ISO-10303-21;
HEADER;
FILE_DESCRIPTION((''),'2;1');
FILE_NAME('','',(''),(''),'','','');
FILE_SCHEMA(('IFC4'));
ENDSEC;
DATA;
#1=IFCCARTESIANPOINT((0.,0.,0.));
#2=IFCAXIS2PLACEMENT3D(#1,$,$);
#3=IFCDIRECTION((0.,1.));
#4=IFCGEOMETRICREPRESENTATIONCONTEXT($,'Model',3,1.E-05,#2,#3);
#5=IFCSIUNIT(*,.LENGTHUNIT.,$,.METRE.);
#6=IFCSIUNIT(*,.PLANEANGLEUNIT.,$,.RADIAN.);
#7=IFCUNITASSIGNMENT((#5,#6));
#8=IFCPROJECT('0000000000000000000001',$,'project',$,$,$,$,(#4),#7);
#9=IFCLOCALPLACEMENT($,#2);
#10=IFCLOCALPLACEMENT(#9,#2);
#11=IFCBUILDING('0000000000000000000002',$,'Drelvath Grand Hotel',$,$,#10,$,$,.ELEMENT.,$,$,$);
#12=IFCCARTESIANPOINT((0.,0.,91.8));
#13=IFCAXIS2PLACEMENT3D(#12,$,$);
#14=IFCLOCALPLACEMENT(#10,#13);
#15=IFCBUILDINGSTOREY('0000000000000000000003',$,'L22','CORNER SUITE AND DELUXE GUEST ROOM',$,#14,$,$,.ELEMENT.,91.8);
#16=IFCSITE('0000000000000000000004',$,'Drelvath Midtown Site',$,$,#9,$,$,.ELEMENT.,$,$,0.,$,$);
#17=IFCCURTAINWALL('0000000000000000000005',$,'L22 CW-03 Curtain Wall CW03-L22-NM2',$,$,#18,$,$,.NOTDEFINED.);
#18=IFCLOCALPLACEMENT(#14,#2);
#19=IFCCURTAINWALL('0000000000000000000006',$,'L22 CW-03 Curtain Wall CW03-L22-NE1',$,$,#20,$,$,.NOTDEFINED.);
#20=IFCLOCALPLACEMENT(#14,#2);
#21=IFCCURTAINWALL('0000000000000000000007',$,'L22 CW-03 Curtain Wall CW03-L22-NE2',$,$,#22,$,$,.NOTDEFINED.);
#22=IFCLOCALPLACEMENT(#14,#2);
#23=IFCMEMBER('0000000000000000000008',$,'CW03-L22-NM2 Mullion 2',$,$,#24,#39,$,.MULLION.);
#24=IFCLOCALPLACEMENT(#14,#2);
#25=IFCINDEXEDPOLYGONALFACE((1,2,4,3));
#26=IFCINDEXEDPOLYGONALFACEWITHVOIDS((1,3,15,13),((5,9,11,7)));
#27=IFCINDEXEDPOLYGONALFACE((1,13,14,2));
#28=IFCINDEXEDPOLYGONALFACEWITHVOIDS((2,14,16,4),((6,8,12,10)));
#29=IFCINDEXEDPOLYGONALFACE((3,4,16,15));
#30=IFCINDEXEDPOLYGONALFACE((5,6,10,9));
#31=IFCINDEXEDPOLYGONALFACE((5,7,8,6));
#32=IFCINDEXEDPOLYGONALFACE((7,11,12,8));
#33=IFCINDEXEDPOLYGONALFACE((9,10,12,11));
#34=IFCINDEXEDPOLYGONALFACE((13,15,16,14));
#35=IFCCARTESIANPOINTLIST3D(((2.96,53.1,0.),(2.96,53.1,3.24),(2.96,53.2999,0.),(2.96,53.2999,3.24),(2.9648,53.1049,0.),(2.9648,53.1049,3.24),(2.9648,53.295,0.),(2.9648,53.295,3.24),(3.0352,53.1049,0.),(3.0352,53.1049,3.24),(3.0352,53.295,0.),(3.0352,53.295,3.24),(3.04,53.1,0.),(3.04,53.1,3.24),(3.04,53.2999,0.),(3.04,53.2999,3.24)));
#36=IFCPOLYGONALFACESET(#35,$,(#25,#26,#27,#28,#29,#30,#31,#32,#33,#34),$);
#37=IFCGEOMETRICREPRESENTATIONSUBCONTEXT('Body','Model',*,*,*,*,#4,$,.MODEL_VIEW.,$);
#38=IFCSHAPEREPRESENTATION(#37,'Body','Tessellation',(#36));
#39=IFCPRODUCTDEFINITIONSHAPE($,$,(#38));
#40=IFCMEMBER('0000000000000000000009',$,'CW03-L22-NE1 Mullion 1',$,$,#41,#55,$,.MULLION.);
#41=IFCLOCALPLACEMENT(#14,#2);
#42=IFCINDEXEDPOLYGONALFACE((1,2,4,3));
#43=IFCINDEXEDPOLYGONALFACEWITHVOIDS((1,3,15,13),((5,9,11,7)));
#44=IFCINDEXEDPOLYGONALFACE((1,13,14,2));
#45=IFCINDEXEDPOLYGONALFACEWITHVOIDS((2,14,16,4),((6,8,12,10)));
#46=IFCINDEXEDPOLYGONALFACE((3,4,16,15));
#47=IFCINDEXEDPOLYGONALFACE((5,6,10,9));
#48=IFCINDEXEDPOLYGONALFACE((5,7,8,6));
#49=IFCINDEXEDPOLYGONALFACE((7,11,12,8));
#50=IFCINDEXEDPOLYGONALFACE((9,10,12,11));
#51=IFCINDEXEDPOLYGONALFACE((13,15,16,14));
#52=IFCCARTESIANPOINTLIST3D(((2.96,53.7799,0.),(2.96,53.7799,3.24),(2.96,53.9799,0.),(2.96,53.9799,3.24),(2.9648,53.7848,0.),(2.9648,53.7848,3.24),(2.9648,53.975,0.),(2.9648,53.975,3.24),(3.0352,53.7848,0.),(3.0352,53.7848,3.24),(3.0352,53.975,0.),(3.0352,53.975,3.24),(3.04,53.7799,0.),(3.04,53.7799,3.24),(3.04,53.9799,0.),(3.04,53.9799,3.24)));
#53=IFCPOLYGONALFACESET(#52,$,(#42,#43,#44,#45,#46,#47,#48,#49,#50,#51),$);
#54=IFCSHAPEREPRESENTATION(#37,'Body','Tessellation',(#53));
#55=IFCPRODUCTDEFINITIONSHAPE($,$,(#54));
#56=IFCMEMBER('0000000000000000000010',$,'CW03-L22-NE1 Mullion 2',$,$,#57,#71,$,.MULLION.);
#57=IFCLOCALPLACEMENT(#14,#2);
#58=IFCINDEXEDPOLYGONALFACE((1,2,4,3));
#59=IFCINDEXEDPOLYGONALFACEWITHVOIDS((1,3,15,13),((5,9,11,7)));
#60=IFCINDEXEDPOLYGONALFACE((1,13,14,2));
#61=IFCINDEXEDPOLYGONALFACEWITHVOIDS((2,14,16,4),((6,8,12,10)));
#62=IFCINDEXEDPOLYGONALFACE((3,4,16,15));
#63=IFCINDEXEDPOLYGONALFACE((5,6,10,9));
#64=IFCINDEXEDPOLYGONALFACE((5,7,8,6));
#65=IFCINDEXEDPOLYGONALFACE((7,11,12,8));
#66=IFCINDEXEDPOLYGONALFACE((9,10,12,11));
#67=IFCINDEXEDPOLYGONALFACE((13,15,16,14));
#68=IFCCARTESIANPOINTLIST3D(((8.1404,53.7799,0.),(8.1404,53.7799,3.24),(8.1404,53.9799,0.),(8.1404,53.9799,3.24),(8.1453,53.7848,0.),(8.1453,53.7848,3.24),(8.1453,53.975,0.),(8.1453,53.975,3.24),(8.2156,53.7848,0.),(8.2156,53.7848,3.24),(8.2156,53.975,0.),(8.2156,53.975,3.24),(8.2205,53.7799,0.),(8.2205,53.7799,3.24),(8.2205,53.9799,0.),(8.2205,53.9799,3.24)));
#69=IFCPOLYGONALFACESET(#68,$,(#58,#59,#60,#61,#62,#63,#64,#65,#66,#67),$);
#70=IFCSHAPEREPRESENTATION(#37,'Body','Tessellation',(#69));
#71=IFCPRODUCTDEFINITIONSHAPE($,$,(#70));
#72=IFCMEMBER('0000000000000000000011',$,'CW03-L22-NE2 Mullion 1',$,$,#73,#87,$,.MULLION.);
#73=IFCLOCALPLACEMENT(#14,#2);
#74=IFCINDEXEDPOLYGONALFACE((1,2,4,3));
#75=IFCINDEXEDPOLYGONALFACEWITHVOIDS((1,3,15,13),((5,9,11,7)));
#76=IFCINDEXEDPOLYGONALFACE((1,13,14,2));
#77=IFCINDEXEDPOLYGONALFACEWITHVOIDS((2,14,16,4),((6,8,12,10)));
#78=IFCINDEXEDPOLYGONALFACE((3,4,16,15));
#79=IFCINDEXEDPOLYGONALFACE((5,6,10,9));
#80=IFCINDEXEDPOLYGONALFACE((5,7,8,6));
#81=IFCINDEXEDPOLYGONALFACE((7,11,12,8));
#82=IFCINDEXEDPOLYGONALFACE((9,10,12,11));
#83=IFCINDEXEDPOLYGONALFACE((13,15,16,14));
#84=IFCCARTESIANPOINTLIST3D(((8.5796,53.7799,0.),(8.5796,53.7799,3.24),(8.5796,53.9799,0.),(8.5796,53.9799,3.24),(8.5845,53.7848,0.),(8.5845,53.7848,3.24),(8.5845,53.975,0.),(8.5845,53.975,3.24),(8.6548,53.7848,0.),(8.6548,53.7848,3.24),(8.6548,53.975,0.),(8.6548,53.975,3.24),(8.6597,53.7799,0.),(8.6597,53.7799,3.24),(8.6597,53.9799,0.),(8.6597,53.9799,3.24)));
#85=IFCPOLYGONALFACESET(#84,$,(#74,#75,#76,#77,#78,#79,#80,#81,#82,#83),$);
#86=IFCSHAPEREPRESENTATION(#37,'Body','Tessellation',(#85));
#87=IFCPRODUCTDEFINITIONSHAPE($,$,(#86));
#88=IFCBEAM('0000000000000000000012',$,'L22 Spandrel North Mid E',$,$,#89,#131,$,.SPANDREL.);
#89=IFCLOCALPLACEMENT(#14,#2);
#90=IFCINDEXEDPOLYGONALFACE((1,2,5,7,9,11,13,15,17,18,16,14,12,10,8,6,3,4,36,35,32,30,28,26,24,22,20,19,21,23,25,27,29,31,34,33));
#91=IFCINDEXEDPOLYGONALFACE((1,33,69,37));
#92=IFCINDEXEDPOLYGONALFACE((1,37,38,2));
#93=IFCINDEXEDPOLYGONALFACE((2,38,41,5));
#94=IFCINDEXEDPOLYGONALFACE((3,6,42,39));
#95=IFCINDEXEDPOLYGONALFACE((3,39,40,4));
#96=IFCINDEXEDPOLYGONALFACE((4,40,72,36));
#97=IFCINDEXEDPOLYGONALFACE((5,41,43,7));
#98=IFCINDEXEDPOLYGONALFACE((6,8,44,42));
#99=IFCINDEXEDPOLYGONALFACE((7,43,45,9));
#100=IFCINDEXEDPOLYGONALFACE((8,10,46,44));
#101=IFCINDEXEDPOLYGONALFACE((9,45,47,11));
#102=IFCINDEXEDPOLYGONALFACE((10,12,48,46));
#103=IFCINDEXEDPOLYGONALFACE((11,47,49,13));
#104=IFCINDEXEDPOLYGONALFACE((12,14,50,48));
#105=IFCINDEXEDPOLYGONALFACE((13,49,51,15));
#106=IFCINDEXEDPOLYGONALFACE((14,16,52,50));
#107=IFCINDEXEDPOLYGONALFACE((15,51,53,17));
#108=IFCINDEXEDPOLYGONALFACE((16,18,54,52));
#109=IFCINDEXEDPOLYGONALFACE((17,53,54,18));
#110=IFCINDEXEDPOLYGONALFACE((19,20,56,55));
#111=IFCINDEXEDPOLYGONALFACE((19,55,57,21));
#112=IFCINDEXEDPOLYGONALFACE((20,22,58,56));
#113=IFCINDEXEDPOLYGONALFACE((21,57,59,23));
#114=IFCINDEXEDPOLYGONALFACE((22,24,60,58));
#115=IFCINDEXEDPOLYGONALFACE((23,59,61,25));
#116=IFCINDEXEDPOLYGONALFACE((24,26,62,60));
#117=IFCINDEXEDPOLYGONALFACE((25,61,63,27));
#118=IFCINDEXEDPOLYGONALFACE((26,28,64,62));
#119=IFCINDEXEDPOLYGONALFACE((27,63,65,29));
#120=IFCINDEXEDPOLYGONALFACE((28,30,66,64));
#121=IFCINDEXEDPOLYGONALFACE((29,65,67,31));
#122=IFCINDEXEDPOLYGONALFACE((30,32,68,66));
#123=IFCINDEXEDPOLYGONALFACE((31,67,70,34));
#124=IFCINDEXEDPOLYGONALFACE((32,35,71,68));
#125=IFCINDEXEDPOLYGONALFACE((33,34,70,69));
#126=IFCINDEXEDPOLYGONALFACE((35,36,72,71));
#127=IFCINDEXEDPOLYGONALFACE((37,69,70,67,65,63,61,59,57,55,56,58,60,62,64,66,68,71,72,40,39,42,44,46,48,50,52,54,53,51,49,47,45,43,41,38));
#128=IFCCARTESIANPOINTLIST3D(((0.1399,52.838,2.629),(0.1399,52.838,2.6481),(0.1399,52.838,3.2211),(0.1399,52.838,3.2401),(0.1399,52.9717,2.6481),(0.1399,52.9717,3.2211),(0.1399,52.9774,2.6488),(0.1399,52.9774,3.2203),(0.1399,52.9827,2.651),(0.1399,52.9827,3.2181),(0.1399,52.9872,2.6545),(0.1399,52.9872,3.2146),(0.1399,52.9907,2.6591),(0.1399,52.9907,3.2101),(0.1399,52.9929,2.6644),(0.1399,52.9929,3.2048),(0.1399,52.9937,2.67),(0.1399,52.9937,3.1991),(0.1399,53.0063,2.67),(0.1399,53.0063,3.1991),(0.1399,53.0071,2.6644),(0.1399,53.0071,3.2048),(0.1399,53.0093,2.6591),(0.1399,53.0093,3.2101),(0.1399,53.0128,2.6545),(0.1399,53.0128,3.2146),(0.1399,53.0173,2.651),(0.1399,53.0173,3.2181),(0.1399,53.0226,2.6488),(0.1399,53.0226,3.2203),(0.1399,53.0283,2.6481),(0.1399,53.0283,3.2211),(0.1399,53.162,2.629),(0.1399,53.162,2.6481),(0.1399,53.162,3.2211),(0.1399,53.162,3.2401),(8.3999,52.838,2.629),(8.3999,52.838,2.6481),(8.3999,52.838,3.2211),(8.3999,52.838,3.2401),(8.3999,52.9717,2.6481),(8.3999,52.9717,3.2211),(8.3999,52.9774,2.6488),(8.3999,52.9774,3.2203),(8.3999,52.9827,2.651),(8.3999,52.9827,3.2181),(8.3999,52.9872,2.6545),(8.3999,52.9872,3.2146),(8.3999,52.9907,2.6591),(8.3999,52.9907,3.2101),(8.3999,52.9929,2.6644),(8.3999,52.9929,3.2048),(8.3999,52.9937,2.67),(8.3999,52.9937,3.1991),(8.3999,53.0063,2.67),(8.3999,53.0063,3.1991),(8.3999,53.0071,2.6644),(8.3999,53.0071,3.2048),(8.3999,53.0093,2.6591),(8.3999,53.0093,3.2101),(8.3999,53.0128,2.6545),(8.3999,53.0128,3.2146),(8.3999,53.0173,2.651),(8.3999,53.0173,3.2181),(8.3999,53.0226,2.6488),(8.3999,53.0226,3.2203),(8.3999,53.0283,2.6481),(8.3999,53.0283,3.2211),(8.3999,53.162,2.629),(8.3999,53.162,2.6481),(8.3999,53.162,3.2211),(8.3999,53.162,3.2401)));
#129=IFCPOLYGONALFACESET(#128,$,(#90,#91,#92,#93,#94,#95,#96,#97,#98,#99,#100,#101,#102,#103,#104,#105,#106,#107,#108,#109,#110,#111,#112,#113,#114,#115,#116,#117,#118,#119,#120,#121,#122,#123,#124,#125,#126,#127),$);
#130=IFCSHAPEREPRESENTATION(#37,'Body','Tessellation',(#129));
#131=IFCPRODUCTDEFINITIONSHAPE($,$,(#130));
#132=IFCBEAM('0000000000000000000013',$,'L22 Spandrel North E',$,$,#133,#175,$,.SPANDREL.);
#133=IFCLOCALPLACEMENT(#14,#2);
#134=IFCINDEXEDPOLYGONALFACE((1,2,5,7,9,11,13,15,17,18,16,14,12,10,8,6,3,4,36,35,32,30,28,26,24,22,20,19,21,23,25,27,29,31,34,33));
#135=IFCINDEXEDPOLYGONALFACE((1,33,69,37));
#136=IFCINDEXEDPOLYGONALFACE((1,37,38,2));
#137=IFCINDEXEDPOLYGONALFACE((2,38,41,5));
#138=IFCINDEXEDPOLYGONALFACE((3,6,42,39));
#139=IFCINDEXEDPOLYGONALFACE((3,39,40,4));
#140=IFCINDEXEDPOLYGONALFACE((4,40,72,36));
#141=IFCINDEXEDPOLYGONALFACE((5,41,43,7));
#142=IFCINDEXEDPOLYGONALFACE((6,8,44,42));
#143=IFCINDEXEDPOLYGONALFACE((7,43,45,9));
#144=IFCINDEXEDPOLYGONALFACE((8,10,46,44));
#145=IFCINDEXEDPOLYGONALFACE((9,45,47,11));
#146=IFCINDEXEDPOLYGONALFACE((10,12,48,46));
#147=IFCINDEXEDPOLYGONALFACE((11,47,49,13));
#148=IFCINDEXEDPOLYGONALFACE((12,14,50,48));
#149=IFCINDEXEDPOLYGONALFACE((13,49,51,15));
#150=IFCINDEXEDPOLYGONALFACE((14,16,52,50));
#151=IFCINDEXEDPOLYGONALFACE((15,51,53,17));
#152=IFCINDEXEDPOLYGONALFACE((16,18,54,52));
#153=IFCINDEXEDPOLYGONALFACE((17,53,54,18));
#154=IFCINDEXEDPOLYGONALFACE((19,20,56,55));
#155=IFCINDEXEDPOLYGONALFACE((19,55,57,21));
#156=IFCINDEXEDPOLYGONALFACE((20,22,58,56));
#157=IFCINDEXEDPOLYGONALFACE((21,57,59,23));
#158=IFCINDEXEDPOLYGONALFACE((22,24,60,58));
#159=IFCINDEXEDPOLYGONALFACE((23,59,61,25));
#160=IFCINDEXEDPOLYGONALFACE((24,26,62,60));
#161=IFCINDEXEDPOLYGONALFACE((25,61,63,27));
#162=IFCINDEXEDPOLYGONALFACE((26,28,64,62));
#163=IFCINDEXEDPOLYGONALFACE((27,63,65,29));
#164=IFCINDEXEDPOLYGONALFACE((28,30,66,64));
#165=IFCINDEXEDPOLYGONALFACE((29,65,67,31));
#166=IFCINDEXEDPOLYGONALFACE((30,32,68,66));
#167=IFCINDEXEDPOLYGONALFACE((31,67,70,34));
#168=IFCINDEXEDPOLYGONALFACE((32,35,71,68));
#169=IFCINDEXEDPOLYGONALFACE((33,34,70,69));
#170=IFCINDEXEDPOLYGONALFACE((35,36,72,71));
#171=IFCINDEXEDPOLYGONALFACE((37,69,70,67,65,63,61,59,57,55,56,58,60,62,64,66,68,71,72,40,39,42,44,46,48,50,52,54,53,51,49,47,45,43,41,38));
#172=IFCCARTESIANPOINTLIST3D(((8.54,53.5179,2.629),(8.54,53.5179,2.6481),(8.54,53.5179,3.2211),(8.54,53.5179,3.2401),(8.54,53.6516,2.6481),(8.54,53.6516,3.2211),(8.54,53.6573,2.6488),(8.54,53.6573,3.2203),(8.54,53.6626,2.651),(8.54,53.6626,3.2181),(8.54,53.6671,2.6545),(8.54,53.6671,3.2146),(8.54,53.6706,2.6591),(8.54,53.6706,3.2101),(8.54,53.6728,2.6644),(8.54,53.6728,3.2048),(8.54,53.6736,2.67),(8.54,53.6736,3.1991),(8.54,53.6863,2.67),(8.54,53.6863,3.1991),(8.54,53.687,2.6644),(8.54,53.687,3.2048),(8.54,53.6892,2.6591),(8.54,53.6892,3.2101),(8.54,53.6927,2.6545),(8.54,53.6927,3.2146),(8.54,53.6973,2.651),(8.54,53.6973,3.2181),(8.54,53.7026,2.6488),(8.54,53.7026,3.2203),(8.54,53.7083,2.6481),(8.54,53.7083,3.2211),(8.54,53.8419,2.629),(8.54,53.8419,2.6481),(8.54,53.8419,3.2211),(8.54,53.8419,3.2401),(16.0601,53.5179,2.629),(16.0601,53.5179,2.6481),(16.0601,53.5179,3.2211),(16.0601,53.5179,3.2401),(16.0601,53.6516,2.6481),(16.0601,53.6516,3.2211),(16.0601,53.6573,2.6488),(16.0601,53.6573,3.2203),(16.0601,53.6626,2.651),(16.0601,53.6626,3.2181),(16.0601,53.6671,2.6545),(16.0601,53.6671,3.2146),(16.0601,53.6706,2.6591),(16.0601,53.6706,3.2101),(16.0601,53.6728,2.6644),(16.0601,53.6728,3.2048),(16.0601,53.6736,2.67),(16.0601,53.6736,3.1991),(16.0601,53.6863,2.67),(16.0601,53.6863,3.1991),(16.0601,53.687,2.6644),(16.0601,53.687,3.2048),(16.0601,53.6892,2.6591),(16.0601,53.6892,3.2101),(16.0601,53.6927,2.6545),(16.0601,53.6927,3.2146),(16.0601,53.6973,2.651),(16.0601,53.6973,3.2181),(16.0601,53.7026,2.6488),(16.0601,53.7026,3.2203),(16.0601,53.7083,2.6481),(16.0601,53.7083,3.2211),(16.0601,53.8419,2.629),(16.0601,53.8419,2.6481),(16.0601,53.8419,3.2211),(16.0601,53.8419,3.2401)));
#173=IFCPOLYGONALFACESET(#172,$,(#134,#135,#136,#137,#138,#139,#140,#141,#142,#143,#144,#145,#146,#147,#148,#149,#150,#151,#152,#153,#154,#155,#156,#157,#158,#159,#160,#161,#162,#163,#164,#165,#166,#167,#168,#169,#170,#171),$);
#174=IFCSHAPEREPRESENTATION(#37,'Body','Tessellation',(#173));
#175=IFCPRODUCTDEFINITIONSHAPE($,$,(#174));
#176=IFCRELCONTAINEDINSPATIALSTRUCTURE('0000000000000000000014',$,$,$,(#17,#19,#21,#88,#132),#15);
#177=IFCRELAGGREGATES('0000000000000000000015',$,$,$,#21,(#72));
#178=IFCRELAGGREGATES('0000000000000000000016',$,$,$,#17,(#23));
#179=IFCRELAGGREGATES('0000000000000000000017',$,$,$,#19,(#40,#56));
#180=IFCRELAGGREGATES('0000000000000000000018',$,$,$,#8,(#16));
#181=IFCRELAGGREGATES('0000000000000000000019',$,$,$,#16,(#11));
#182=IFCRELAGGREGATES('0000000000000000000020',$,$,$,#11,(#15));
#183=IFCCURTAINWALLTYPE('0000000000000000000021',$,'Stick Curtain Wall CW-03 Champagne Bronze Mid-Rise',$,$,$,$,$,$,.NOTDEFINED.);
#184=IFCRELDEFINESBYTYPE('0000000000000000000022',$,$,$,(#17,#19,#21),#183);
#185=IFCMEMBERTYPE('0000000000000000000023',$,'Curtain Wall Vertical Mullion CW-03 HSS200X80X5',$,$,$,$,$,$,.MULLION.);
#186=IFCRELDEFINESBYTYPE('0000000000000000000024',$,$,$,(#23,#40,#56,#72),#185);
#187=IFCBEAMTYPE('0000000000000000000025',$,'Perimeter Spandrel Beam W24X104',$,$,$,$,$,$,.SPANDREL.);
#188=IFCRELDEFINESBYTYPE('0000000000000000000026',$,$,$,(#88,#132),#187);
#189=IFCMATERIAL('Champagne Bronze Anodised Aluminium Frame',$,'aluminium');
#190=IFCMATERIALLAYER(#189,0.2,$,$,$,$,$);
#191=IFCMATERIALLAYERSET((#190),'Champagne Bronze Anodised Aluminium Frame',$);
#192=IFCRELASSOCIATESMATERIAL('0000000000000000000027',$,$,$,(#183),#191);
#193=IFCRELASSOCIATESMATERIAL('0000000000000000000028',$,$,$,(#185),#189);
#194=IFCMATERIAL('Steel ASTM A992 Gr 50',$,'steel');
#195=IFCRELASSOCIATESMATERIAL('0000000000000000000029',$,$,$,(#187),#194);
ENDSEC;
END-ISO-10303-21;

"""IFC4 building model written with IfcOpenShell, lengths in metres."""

from ifc_helpers import new_model, si_unit, direction, frame, origin, origin_2d, place, context, subcontext, project, spatial, hollow_rectangle, i_section, extrude, material, layer, layer_set, material_profile, profile_set, type_object, element, aggregate, save


model = new_model("IFC4")

# Units and contexts
model_context = context("Model", 3, precision=1e-05, world=origin(), true_north=direction((0.0, 1.0)))
body_context = subcontext(model_context, "Body", "Model", "MODEL_VIEW")
ifc_project = project(units=[si_unit("LENGTHUNIT", "METRE"), si_unit("PLANEANGLEUNIT", "RADIAN")], contexts=[model_context])

# Site, building, storey
site_placement = place(None, origin())
site = spatial("IfcSite", under=ifc_project, at=site_placement, Name="Drelvath Midtown Site", CompositionType="ELEMENT", RefElevation=0.0)
building_placement = place(site_placement, origin())
building = spatial("IfcBuilding", under=site, at=building_placement, Name="Drelvath Grand Hotel", CompositionType="ELEMENT")
storey_placement = place(building_placement, frame((0.0, 0.0, 91.8)))
storey = spatial("IfcBuildingStorey", under=building, at=storey_placement, Name="L22", Description="CORNER SUITE AND DELUXE GUEST ROOM", CompositionType="ELEMENT", Elevation=91.8)

# Curtain walls
ifc_material_1 = material(Name="Champagne Bronze Anodised Aluminium Frame", Category="aluminium")
ifc_layer_1 = layer(ifc_material_1, 0.2)
ifc_layer_set_1 = layer_set([ifc_layer_1], Name="Champagne Bronze Anodised Aluminium Frame")
curtain_wall_type = type_object("IfcCurtainWallType", Name="Stick Curtain Wall CW-03 Champagne Bronze Mid-Rise", PredefinedType="NOTDEFINED", material=ifc_layer_set_1)
curtain_wall_1_placement = place(storey_placement, origin())
curtain_wall_1 = element("IfcCurtainWall", 1, at=curtain_wall_1_placement, inside=storey, type_object=curtain_wall_type, Name="L22 CW-03 Curtain Wall CW03-L22-NM2", PredefinedType="NOTDEFINED")
curtain_wall_2_placement = place(storey_placement, origin())
curtain_wall_2 = element("IfcCurtainWall", 2, at=curtain_wall_2_placement, inside=storey, type_object=curtain_wall_type, Name="L22 CW-03 Curtain Wall CW03-L22-NE1", PredefinedType="NOTDEFINED")
curtain_wall_3_placement = place(storey_placement, origin())
curtain_wall_3 = element("IfcCurtainWall", 3, at=curtain_wall_3_placement, inside=storey, type_object=curtain_wall_type, Name="L22 CW-03 Curtain Wall CW03-L22-NE2", PredefinedType="NOTDEFINED")
ifc_material_profile_1 = material_profile(ifc_material_1, hollow_rectangle(XDim=0.0801, YDim=0.2, WallThickness=0.0049, at=origin_2d()), Name="HSS200X80X5")
ifc_profile_set_1 = profile_set([ifc_material_profile_1], Name="Champagne Bronze Anodised Aluminium Frame")
member_type_1 = type_object("IfcMemberType", Name="Curtain Wall Vertical Mullion CW-03 HSS200X80X5", PredefinedType="MULLION", material=ifc_profile_set_1)

# Members
member_1_placement = place(storey_placement, frame((3.0, 53.2, 0.0), z_axis=(0.0, 0.0, 1.0), x_axis=(1.0, 0.0, 0.0)))
member_1 = element("IfcMember", 4, at=member_1_placement, type_object=member_type_1, Name="CW03-L22-NM2 Mullion 2", PredefinedType="MULLION", context=body_context, shape_type="SweptSolid", body=[
    extrude(hollow_rectangle(XDim=0.0801, YDim=0.2, WallThickness=0.0049, at=origin_2d()), origin(), (0.0, 0.0, 1.0), 3.24),
])
member_2_placement = place(storey_placement, frame((3.0, 53.8799, 0.0), z_axis=(0.0, 0.0, 1.0), x_axis=(1.0, 0.0, 0.0)))
member_2 = element("IfcMember", 5, at=member_2_placement, type_object=member_type_1, Name="CW03-L22-NE1 Mullion 1", PredefinedType="MULLION", context=body_context, shape_type="SweptSolid", body=[
    extrude(hollow_rectangle(XDim=0.0801, YDim=0.2, WallThickness=0.0049, at=origin_2d()), origin(), (0.0, 0.0, 1.0), 3.24),
])
member_3_placement = place(storey_placement, frame((8.1804, 53.8799, 0.0), z_axis=(0.0, 0.0, 1.0), x_axis=(1.0, 0.0, 0.0)))
member_3 = element("IfcMember", 6, at=member_3_placement, type_object=member_type_1, Name="CW03-L22-NE1 Mullion 2", PredefinedType="MULLION", context=body_context, shape_type="SweptSolid", body=[
    extrude(hollow_rectangle(XDim=0.0801, YDim=0.2, WallThickness=0.0049, at=origin_2d()), origin(), (0.0, 0.0, 1.0), 3.24),
])
member_4_placement = place(storey_placement, frame((8.6196, 53.8799, 0.0), z_axis=(0.0, 0.0, 1.0), x_axis=(1.0, 0.0, 0.0)))
member_4 = element("IfcMember", 7, at=member_4_placement, type_object=member_type_1, Name="CW03-L22-NE2 Mullion 1", PredefinedType="MULLION", context=body_context, shape_type="SweptSolid", body=[
    extrude(hollow_rectangle(XDim=0.0801, YDim=0.2, WallThickness=0.0049, at=origin_2d()), origin(), (0.0, 0.0, 1.0), 3.24),
])
aggregate(curtain_wall_3, [member_4])

# Beams
ifc_material_2 = material(Name="Steel ASTM A992 Gr 50", Category="steel")
ifc_material_profile_2 = material_profile(ifc_material_2, i_section(OverallWidth=0.324, OverallDepth=0.6111, WebThickness=0.0127, FlangeThickness=0.019, FilletRadius=0.022, at=origin_2d()), Name="W24X104")
ifc_profile_set_2 = profile_set([ifc_material_profile_2], Name="Steel ASTM A992 Gr 50")
beam_type_1 = type_object("IfcBeamType", Name="Perimeter Spandrel Beam W24X104", PredefinedType="SPANDREL", material=ifc_profile_set_2)
beam_1_placement = place(storey_placement, frame((0.1399, 53.0, 2.9346), z_axis=(1.0, 0.0, 0.0), x_axis=(0.0, 1.0, 0.0)))
element("IfcBeam", 8, at=beam_1_placement, inside=storey, type_object=beam_type_1, Name="L22 Spandrel North Mid E", PredefinedType="SPANDREL", context=body_context, shape_type="SweptSolid", body=[
    extrude(i_section(OverallWidth=0.324, OverallDepth=0.6111, WebThickness=0.0127, FlangeThickness=0.019, FilletRadius=0.022, at=origin_2d()), origin(), (0.0, 0.0, 1.0), 8.26),
])
beam_2_placement = place(storey_placement, frame((8.54, 53.6799, 2.9346), z_axis=(1.0, 0.0, 0.0), x_axis=(0.0, 1.0, 0.0)))
element("IfcBeam", 9, at=beam_2_placement, inside=storey, type_object=beam_type_1, Name="L22 Spandrel North E", PredefinedType="SPANDREL", context=body_context, shape_type="SweptSolid", body=[
    extrude(i_section(OverallWidth=0.324, OverallDepth=0.6111, WebThickness=0.0127, FlangeThickness=0.019, FilletRadius=0.022, at=origin_2d()), origin(), (0.0, 0.0, 1.0), 7.52),
])

aggregate(curtain_wall_1, [member_1])
aggregate(curtain_wall_2, [member_2, member_3])

save(model, "model.ifc")
